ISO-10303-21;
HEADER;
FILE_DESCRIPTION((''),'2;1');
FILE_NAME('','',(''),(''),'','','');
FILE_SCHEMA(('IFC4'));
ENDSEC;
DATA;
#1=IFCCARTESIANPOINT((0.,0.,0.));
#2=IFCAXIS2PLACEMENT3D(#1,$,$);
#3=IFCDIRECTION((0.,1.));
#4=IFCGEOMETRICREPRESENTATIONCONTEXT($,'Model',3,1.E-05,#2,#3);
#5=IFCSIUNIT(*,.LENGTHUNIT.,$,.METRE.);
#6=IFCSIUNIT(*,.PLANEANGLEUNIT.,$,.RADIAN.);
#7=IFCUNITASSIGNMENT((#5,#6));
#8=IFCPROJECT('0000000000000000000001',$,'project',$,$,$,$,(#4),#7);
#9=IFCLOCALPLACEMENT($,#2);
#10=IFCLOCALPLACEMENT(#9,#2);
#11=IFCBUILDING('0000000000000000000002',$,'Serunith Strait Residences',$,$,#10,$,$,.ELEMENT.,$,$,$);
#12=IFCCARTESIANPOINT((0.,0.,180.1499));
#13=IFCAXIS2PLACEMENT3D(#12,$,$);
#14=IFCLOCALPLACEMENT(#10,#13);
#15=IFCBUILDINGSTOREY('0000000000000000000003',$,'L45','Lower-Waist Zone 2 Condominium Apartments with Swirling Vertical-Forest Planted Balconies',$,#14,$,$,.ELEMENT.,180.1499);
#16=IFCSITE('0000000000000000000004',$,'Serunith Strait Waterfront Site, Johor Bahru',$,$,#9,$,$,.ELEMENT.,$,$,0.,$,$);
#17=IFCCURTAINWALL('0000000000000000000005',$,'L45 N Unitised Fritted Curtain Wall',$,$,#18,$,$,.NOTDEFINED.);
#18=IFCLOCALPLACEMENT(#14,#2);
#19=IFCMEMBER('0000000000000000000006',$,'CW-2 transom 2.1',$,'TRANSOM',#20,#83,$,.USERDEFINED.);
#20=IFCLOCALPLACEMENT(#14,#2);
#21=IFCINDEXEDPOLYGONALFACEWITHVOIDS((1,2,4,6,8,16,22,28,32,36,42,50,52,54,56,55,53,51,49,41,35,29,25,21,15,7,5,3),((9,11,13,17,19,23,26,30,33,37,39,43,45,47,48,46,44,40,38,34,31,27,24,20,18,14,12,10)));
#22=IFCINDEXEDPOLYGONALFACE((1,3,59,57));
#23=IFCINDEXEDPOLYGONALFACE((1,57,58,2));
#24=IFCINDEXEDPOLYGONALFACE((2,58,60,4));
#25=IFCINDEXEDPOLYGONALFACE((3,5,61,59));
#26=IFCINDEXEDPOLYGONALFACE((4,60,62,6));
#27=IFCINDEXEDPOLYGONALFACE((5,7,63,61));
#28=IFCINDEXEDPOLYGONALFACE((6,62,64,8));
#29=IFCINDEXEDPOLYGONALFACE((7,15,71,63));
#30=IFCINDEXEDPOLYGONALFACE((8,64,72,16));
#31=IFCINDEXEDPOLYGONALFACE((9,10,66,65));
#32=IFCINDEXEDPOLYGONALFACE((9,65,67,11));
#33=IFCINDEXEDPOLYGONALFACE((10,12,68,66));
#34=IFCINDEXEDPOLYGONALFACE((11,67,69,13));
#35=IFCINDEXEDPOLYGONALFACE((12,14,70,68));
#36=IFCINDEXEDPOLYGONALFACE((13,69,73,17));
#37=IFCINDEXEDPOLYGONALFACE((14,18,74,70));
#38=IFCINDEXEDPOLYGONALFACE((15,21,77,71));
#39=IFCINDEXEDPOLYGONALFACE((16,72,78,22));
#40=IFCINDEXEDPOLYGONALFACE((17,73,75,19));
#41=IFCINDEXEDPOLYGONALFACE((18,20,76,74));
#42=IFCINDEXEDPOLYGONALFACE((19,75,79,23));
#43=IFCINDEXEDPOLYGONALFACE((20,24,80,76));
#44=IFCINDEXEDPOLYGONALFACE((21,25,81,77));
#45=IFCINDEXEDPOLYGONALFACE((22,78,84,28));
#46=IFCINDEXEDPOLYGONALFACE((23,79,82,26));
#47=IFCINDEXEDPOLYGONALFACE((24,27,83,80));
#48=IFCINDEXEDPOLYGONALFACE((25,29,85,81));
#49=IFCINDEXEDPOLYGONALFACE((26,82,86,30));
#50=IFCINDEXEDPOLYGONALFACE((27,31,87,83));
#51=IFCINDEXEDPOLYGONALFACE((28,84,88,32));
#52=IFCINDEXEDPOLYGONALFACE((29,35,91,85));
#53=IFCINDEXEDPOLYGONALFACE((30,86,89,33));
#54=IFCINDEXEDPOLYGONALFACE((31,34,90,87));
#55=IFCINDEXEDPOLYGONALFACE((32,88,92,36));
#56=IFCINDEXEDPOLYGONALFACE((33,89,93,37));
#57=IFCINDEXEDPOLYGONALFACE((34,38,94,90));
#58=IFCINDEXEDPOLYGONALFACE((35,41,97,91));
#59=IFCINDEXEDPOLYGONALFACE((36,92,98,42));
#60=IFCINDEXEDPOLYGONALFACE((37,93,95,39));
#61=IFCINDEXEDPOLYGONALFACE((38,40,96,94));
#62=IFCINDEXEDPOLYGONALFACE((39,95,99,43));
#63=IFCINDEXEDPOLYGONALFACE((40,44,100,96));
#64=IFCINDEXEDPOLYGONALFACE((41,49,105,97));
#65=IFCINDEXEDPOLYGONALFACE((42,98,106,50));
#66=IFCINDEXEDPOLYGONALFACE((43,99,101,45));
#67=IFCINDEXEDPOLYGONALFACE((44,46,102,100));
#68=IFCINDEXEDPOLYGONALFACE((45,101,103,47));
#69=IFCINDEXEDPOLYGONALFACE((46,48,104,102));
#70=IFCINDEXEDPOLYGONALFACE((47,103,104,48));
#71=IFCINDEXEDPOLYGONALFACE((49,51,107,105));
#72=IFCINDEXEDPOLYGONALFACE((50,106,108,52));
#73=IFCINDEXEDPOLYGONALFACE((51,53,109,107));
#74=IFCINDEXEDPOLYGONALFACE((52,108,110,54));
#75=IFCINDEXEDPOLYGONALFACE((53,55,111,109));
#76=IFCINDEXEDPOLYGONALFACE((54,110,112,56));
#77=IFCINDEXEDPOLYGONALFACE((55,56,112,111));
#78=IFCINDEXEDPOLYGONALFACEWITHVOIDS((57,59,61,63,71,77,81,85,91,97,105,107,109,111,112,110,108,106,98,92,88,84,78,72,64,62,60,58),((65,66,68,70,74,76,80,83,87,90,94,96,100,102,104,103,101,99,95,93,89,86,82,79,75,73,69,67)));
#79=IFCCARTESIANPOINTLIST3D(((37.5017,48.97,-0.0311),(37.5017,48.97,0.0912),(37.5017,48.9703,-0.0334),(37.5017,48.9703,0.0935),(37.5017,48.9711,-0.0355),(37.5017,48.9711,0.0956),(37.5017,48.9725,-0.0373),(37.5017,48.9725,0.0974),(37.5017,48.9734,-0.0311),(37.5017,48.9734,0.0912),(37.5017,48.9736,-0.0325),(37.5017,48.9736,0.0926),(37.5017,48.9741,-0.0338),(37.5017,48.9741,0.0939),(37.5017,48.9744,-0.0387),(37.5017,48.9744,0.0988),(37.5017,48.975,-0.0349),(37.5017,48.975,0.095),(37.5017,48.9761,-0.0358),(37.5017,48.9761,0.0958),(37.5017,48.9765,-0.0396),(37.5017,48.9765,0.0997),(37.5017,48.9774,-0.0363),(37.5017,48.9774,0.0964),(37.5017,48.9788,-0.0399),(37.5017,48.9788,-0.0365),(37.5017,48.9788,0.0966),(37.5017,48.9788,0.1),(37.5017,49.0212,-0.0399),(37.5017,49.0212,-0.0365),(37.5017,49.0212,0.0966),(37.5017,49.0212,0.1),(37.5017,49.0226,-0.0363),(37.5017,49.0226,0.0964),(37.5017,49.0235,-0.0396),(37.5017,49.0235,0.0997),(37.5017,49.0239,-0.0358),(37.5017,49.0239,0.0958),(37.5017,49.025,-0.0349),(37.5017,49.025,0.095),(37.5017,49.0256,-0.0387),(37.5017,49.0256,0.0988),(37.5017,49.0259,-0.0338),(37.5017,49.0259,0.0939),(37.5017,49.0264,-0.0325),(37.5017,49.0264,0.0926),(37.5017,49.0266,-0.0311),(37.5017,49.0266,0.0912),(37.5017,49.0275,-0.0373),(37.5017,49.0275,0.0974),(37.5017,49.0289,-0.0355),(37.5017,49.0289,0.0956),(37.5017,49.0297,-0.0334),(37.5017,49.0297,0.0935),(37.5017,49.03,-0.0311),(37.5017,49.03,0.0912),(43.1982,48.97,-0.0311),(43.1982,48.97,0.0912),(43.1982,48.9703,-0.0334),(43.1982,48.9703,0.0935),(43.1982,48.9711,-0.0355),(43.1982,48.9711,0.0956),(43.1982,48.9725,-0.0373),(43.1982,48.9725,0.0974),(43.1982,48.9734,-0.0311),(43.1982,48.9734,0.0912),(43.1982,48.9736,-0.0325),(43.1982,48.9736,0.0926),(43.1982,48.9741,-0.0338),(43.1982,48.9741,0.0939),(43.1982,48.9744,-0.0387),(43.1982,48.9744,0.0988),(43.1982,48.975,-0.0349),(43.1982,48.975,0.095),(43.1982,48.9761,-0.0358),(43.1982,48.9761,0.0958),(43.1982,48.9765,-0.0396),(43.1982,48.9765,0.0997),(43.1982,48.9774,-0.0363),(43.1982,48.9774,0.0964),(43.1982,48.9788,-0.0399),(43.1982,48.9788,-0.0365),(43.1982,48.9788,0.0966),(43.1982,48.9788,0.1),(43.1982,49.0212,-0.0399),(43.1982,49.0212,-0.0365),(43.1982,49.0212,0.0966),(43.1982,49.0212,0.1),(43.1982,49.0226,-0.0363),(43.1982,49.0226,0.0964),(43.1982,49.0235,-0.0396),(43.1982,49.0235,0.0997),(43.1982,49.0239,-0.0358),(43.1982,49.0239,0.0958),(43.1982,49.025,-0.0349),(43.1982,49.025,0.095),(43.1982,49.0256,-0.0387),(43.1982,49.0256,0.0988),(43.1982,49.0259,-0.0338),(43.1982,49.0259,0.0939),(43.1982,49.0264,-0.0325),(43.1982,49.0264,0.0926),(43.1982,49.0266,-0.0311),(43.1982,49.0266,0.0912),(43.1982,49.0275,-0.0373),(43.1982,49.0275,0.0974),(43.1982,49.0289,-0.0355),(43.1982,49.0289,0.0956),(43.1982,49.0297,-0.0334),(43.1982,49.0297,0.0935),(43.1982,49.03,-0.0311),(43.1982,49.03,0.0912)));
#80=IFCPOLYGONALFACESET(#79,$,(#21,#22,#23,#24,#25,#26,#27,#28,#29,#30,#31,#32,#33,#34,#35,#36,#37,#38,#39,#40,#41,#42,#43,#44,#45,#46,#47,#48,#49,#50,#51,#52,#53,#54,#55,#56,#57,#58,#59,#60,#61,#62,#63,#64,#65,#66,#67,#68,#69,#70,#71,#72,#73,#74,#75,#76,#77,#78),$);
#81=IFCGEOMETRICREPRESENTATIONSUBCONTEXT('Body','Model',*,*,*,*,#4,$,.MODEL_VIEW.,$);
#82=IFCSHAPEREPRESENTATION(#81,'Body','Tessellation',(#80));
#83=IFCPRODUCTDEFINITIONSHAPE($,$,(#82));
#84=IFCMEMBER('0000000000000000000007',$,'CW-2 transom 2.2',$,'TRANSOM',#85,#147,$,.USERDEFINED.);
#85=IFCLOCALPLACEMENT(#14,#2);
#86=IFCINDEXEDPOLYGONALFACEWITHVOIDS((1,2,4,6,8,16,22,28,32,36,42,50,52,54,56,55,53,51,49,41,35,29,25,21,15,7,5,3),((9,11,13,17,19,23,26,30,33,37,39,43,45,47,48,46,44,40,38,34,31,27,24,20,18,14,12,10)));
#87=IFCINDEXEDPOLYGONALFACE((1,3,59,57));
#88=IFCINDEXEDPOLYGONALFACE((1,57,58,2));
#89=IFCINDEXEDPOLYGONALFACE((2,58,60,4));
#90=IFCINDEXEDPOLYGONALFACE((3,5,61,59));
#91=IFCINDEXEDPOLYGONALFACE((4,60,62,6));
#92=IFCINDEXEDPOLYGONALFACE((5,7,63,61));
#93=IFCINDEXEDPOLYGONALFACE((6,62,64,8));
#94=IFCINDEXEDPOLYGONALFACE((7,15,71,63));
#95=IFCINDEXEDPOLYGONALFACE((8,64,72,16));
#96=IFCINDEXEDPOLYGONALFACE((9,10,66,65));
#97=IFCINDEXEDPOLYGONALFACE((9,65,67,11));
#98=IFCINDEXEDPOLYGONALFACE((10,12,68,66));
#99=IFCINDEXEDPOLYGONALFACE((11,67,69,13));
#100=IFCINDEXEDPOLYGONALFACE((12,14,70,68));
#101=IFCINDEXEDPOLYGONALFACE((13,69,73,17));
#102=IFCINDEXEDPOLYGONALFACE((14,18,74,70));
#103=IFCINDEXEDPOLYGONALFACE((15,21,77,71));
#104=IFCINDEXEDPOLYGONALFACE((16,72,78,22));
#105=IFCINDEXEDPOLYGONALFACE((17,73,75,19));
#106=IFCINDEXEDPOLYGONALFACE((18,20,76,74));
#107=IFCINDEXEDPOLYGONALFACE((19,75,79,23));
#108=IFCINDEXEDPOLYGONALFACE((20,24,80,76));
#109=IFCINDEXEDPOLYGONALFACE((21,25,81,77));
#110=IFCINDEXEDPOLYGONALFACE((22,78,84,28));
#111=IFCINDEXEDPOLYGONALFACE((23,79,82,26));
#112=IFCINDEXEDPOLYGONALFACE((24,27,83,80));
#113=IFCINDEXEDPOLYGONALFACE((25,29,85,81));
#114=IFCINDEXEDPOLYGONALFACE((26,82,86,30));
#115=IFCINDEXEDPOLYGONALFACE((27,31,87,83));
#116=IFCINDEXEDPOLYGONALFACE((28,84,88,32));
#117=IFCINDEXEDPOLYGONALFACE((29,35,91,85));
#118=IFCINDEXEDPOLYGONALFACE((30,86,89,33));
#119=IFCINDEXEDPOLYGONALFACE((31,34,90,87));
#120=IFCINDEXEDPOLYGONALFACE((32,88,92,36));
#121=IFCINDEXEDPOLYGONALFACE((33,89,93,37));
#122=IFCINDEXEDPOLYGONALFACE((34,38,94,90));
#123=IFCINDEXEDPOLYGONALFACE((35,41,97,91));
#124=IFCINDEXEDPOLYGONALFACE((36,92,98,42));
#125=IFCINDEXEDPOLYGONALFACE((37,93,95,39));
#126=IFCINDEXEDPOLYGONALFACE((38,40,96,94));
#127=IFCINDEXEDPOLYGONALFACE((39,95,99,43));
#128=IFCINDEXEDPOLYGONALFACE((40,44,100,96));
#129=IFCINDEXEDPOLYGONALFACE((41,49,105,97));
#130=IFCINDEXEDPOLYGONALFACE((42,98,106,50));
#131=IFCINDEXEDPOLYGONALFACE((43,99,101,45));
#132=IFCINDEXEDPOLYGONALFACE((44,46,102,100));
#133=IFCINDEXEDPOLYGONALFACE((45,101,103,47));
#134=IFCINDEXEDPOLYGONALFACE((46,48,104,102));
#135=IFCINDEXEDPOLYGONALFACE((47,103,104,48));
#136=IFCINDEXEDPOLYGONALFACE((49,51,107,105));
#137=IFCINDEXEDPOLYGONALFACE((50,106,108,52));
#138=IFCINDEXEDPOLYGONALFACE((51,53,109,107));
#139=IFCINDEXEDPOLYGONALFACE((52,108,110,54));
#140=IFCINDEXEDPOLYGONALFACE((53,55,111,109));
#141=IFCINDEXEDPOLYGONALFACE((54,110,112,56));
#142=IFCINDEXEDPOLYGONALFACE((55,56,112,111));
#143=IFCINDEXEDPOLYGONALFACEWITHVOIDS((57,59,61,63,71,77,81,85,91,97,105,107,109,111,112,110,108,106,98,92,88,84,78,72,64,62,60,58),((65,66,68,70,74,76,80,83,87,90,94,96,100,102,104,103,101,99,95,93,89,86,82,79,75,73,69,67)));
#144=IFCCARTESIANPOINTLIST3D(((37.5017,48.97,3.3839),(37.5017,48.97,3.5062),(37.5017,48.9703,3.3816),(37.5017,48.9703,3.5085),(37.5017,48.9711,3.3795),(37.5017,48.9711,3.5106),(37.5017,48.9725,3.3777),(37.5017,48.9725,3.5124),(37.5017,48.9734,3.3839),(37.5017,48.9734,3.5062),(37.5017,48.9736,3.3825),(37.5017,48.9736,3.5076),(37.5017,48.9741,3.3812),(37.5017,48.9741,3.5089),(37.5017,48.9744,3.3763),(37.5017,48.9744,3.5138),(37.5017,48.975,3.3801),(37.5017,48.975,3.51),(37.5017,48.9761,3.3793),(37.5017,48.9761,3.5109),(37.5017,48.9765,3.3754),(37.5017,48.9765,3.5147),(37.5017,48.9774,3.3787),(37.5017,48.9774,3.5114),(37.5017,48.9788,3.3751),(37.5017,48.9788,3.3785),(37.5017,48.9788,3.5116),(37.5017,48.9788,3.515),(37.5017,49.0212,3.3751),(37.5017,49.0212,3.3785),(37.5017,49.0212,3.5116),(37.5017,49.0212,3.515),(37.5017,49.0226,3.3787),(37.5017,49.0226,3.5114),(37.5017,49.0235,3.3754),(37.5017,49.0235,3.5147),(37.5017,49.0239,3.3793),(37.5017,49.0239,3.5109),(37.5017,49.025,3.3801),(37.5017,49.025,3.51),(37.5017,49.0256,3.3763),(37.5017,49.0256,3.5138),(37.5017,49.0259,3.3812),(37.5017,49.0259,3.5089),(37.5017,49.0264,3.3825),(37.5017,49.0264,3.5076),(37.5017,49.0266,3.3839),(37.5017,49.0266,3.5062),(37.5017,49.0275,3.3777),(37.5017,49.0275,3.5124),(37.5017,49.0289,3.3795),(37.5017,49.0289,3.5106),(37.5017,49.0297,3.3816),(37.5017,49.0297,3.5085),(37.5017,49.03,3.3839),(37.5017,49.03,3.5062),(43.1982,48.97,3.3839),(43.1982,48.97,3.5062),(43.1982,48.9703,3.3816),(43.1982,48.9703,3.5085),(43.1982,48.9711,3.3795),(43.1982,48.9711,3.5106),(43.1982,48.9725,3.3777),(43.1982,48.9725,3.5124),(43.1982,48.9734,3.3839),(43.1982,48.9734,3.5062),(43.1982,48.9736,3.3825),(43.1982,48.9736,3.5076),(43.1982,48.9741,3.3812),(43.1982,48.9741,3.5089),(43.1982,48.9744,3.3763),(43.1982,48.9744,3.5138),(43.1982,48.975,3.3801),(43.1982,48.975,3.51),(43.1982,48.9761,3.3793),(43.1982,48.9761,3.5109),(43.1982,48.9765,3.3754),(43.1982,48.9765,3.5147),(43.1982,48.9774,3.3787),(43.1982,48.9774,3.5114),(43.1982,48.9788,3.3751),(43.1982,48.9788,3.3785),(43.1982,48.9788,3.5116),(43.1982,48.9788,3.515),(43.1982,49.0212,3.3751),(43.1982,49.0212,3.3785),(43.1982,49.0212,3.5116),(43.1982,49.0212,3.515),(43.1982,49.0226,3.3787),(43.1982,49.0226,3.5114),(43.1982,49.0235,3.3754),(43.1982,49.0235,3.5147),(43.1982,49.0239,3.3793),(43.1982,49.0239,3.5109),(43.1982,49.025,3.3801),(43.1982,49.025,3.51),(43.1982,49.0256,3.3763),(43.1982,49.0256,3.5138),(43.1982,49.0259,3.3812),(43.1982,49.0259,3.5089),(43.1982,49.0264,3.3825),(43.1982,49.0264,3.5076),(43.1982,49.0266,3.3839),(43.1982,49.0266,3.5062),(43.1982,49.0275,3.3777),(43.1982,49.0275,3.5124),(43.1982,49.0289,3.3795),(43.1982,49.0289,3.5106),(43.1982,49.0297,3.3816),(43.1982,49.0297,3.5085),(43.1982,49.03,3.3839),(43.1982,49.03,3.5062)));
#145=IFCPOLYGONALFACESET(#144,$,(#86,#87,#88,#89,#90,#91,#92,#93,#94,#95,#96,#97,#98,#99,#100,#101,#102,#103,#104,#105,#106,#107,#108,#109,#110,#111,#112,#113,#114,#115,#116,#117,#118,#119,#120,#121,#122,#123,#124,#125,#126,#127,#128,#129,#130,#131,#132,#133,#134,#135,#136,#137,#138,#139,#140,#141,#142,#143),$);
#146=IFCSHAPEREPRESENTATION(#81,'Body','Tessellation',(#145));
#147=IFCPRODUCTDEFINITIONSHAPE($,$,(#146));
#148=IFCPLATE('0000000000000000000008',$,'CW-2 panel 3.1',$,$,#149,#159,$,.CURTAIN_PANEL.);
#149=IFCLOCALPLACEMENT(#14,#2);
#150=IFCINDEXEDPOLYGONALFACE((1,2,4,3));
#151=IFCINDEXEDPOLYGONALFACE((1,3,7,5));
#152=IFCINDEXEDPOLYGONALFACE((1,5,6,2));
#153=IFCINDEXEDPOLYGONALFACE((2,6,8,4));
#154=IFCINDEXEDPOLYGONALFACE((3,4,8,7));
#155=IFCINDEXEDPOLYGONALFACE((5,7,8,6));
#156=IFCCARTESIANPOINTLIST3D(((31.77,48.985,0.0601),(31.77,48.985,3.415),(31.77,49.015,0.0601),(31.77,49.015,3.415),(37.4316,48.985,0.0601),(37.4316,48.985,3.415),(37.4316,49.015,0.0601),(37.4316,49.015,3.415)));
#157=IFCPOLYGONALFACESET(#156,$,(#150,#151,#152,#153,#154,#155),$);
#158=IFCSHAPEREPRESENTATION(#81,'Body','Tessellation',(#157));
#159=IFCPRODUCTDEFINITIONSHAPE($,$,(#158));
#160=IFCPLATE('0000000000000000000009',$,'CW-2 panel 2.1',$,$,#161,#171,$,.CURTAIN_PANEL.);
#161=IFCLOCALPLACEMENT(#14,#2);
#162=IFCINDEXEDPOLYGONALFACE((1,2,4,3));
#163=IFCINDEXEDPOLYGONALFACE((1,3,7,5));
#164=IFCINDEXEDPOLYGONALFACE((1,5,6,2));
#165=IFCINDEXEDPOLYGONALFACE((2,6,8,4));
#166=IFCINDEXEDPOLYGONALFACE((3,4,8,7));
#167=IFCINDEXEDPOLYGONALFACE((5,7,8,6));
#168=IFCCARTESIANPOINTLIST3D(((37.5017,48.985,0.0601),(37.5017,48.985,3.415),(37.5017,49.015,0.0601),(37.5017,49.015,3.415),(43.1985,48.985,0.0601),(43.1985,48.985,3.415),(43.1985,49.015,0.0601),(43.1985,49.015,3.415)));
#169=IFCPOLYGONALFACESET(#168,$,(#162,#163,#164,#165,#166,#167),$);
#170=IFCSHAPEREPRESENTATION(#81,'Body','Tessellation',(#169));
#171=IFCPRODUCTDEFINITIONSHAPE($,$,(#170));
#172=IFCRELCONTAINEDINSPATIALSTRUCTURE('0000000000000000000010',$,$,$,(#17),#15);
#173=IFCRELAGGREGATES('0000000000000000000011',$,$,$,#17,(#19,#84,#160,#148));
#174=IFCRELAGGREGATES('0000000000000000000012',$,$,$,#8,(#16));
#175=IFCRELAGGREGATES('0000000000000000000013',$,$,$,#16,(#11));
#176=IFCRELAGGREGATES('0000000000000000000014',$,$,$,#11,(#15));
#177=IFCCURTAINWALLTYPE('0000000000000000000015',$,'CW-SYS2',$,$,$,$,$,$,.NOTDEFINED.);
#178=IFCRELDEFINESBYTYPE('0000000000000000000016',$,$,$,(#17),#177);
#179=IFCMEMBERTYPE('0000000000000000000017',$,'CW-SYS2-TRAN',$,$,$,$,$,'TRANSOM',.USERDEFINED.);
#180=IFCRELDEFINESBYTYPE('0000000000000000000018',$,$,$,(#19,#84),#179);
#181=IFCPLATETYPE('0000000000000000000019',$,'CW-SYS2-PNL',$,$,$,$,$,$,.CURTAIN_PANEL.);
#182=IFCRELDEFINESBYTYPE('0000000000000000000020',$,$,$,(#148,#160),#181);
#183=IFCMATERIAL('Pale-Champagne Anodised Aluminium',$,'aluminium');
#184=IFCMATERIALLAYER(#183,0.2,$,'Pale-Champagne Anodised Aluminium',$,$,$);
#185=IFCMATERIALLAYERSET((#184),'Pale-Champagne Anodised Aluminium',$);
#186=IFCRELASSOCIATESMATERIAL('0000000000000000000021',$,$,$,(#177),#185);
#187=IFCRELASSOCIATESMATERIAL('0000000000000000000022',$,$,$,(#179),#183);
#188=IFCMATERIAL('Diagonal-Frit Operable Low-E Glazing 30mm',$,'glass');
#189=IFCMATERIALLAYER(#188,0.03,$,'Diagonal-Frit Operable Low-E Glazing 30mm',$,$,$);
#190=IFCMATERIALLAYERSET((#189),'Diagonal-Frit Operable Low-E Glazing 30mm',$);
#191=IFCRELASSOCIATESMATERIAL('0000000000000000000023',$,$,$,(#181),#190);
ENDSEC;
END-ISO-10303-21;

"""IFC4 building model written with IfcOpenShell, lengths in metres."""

from ifc_helpers import new_model, si_unit, direction, frame, origin, origin_2d, place, context, subcontext, project, spatial, rectangle, hollow_rectangle, extrude, source, transform, mapped, material, layer, layer_set, material_profile, profile_set, type_object, element, aggregate, save


model = new_model("IFC4")

# Units and contexts
model_context = context("Model", 3, precision=1e-05, world=origin(), true_north=direction((0.0, 1.0)))
body_context = subcontext(model_context, "Body", "Model", "MODEL_VIEW")
ifc_project = project(units=[si_unit("LENGTHUNIT", "METRE"), si_unit("PLANEANGLEUNIT", "RADIAN")], contexts=[model_context])

# Site, building, storey
site_placement = place(None, origin())
site = spatial("IfcSite", under=ifc_project, at=site_placement, Name="Serunith Strait Waterfront Site, Johor Bahru", CompositionType="ELEMENT", RefElevation=0.0)
building_placement = place(site_placement, origin())
building = spatial("IfcBuilding", under=site, at=building_placement, Name="Serunith Strait Residences", CompositionType="ELEMENT")
storey_placement = place(building_placement, frame((0.0, 0.0, 180.1499)))
storey = spatial("IfcBuildingStorey", under=building, at=storey_placement, Name="L45", Description="Lower-Waist Zone 2 Condominium Apartments with Swirling Vertical-Forest Planted Balconies", CompositionType="ELEMENT", Elevation=180.1499)

# Curtain wall, members, plates
ifc_material_1 = material(Name="Pale-Champagne Anodised Aluminium", Category="aluminium")
ifc_layer_1 = layer(ifc_material_1, 0.2, Name="Pale-Champagne Anodised Aluminium")
ifc_layer_set_1 = layer_set([ifc_layer_1], Name="Pale-Champagne Anodised Aluminium")
curtain_wall_type = type_object("IfcCurtainWallType", Name="CW-SYS2", PredefinedType="NOTDEFINED", material=ifc_layer_set_1)
curtain_wall_placement = place(storey_placement, origin())
curtain_wall = element("IfcCurtainWall", 1, at=curtain_wall_placement, inside=storey, type_object=curtain_wall_type, Name="L45 N Unitised Fritted Curtain Wall", PredefinedType="NOTDEFINED")
ifc_material_profile_1 = material_profile(ifc_material_1, hollow_rectangle(XDim=0.0601, YDim=0.1399, WallThickness=0.0034, InnerFilletRadius=0.0054, OuterFilletRadius=0.0088, at=origin_2d()), Name="ALU 140x60x3.5")
ifc_profile_set_1 = profile_set([ifc_material_profile_1], Name="Pale-Champagne Anodised Aluminium")
member_type_1 = type_object("IfcMemberType", Name="CW-SYS2-TRAN", ElementType="TRANSOM", PredefinedType="USERDEFINED", material=ifc_profile_set_1)
shared_shape_1 = source(origin(), body_context, "Body", "SweptSolid", [
    extrude(hollow_rectangle(XDim=0.0601, YDim=0.1399, WallThickness=0.0034, InnerFilletRadius=0.0054, OuterFilletRadius=0.0088, at=origin_2d()), origin(), (0.0, 0.0, 1.0), 5.6965),
])
member_1_placement = place(storey_placement, frame((43.1982, 49.0, 0.03), z_axis=(-1.0, 0.0, 0.0), x_axis=(0.0, -1.0, 0.0)))
member_1 = element("IfcMember", 2, at=member_1_placement, type_object=member_type_1, Name="CW-2 transom 2.1", ObjectType="TRANSOM", PredefinedType="USERDEFINED", context=body_context, shape_type="MappedRepresentation", body=[
    mapped(shared_shape_1, transform((0.0, 0.0, 0.0), scale=1.0)),
])
member_2_placement = place(storey_placement, frame((43.1982, 49.0, 3.4451), z_axis=(-1.0, 0.0, 0.0), x_axis=(0.0, -1.0, 0.0)))
member_2 = element("IfcMember", 3, at=member_2_placement, type_object=member_type_1, Name="CW-2 transom 2.2", ObjectType="TRANSOM", PredefinedType="USERDEFINED", context=body_context, shape_type="MappedRepresentation", body=[
    mapped(shared_shape_1, transform((0.0, 0.0, 0.0), scale=1.0)),
])
ifc_material_2 = material(Name="Diagonal-Frit Operable Low-E Glazing 30mm", Category="glass")
ifc_layer_2 = layer(ifc_material_2, 0.03, Name="Diagonal-Frit Operable Low-E Glazing 30mm")
ifc_layer_set_2 = layer_set([ifc_layer_2], Name="Diagonal-Frit Operable Low-E Glazing 30mm")
plate_type = type_object("IfcPlateType", Name="CW-SYS2-PNL", PredefinedType="CURTAIN_PANEL", material=ifc_layer_set_2)
shared_shape_2 = source(origin(), body_context, "Body", "SweptSolid", [
    extrude(rectangle(XDim=5.6616, YDim=0.03, at=origin_2d()), origin(), (0.0, 0.0, 1.0), 3.355),
])
plate_1_placement = place(storey_placement, frame((34.6008, 49.0, 0.0601), z_axis=(0.0, 0.0, 1.0), x_axis=(-1.0, 0.0, 0.0)))
plate_1 = element("IfcPlate", 4, at=plate_1_placement, type_object=plate_type, Name="CW-2 panel 3.1", PredefinedType="CURTAIN_PANEL", context=body_context, shape_type="MappedRepresentation", body=[
    mapped(shared_shape_2, transform((0.0, 0.0, 0.0), scale=1.0)),
])
shared_shape_3 = source(origin(), body_context, "Body", "SweptSolid", [
    extrude(rectangle(XDim=5.6968, YDim=0.03, at=origin_2d()), origin(), (0.0, 0.0, 1.0), 3.355),
])
plate_2_placement = place(storey_placement, frame((40.3501, 49.0, 0.0601), z_axis=(0.0, 0.0, 1.0), x_axis=(-1.0, 0.0, 0.0)))
plate_2 = element("IfcPlate", 5, at=plate_2_placement, type_object=plate_type, Name="CW-2 panel 2.1", PredefinedType="CURTAIN_PANEL", context=body_context, shape_type="MappedRepresentation", body=[
    mapped(shared_shape_3, transform((0.0, 0.0, 0.0), scale=1.0)),
])
aggregate(curtain_wall, [member_1, member_2, plate_2, plate_1])

save(model, "model.ifc")
